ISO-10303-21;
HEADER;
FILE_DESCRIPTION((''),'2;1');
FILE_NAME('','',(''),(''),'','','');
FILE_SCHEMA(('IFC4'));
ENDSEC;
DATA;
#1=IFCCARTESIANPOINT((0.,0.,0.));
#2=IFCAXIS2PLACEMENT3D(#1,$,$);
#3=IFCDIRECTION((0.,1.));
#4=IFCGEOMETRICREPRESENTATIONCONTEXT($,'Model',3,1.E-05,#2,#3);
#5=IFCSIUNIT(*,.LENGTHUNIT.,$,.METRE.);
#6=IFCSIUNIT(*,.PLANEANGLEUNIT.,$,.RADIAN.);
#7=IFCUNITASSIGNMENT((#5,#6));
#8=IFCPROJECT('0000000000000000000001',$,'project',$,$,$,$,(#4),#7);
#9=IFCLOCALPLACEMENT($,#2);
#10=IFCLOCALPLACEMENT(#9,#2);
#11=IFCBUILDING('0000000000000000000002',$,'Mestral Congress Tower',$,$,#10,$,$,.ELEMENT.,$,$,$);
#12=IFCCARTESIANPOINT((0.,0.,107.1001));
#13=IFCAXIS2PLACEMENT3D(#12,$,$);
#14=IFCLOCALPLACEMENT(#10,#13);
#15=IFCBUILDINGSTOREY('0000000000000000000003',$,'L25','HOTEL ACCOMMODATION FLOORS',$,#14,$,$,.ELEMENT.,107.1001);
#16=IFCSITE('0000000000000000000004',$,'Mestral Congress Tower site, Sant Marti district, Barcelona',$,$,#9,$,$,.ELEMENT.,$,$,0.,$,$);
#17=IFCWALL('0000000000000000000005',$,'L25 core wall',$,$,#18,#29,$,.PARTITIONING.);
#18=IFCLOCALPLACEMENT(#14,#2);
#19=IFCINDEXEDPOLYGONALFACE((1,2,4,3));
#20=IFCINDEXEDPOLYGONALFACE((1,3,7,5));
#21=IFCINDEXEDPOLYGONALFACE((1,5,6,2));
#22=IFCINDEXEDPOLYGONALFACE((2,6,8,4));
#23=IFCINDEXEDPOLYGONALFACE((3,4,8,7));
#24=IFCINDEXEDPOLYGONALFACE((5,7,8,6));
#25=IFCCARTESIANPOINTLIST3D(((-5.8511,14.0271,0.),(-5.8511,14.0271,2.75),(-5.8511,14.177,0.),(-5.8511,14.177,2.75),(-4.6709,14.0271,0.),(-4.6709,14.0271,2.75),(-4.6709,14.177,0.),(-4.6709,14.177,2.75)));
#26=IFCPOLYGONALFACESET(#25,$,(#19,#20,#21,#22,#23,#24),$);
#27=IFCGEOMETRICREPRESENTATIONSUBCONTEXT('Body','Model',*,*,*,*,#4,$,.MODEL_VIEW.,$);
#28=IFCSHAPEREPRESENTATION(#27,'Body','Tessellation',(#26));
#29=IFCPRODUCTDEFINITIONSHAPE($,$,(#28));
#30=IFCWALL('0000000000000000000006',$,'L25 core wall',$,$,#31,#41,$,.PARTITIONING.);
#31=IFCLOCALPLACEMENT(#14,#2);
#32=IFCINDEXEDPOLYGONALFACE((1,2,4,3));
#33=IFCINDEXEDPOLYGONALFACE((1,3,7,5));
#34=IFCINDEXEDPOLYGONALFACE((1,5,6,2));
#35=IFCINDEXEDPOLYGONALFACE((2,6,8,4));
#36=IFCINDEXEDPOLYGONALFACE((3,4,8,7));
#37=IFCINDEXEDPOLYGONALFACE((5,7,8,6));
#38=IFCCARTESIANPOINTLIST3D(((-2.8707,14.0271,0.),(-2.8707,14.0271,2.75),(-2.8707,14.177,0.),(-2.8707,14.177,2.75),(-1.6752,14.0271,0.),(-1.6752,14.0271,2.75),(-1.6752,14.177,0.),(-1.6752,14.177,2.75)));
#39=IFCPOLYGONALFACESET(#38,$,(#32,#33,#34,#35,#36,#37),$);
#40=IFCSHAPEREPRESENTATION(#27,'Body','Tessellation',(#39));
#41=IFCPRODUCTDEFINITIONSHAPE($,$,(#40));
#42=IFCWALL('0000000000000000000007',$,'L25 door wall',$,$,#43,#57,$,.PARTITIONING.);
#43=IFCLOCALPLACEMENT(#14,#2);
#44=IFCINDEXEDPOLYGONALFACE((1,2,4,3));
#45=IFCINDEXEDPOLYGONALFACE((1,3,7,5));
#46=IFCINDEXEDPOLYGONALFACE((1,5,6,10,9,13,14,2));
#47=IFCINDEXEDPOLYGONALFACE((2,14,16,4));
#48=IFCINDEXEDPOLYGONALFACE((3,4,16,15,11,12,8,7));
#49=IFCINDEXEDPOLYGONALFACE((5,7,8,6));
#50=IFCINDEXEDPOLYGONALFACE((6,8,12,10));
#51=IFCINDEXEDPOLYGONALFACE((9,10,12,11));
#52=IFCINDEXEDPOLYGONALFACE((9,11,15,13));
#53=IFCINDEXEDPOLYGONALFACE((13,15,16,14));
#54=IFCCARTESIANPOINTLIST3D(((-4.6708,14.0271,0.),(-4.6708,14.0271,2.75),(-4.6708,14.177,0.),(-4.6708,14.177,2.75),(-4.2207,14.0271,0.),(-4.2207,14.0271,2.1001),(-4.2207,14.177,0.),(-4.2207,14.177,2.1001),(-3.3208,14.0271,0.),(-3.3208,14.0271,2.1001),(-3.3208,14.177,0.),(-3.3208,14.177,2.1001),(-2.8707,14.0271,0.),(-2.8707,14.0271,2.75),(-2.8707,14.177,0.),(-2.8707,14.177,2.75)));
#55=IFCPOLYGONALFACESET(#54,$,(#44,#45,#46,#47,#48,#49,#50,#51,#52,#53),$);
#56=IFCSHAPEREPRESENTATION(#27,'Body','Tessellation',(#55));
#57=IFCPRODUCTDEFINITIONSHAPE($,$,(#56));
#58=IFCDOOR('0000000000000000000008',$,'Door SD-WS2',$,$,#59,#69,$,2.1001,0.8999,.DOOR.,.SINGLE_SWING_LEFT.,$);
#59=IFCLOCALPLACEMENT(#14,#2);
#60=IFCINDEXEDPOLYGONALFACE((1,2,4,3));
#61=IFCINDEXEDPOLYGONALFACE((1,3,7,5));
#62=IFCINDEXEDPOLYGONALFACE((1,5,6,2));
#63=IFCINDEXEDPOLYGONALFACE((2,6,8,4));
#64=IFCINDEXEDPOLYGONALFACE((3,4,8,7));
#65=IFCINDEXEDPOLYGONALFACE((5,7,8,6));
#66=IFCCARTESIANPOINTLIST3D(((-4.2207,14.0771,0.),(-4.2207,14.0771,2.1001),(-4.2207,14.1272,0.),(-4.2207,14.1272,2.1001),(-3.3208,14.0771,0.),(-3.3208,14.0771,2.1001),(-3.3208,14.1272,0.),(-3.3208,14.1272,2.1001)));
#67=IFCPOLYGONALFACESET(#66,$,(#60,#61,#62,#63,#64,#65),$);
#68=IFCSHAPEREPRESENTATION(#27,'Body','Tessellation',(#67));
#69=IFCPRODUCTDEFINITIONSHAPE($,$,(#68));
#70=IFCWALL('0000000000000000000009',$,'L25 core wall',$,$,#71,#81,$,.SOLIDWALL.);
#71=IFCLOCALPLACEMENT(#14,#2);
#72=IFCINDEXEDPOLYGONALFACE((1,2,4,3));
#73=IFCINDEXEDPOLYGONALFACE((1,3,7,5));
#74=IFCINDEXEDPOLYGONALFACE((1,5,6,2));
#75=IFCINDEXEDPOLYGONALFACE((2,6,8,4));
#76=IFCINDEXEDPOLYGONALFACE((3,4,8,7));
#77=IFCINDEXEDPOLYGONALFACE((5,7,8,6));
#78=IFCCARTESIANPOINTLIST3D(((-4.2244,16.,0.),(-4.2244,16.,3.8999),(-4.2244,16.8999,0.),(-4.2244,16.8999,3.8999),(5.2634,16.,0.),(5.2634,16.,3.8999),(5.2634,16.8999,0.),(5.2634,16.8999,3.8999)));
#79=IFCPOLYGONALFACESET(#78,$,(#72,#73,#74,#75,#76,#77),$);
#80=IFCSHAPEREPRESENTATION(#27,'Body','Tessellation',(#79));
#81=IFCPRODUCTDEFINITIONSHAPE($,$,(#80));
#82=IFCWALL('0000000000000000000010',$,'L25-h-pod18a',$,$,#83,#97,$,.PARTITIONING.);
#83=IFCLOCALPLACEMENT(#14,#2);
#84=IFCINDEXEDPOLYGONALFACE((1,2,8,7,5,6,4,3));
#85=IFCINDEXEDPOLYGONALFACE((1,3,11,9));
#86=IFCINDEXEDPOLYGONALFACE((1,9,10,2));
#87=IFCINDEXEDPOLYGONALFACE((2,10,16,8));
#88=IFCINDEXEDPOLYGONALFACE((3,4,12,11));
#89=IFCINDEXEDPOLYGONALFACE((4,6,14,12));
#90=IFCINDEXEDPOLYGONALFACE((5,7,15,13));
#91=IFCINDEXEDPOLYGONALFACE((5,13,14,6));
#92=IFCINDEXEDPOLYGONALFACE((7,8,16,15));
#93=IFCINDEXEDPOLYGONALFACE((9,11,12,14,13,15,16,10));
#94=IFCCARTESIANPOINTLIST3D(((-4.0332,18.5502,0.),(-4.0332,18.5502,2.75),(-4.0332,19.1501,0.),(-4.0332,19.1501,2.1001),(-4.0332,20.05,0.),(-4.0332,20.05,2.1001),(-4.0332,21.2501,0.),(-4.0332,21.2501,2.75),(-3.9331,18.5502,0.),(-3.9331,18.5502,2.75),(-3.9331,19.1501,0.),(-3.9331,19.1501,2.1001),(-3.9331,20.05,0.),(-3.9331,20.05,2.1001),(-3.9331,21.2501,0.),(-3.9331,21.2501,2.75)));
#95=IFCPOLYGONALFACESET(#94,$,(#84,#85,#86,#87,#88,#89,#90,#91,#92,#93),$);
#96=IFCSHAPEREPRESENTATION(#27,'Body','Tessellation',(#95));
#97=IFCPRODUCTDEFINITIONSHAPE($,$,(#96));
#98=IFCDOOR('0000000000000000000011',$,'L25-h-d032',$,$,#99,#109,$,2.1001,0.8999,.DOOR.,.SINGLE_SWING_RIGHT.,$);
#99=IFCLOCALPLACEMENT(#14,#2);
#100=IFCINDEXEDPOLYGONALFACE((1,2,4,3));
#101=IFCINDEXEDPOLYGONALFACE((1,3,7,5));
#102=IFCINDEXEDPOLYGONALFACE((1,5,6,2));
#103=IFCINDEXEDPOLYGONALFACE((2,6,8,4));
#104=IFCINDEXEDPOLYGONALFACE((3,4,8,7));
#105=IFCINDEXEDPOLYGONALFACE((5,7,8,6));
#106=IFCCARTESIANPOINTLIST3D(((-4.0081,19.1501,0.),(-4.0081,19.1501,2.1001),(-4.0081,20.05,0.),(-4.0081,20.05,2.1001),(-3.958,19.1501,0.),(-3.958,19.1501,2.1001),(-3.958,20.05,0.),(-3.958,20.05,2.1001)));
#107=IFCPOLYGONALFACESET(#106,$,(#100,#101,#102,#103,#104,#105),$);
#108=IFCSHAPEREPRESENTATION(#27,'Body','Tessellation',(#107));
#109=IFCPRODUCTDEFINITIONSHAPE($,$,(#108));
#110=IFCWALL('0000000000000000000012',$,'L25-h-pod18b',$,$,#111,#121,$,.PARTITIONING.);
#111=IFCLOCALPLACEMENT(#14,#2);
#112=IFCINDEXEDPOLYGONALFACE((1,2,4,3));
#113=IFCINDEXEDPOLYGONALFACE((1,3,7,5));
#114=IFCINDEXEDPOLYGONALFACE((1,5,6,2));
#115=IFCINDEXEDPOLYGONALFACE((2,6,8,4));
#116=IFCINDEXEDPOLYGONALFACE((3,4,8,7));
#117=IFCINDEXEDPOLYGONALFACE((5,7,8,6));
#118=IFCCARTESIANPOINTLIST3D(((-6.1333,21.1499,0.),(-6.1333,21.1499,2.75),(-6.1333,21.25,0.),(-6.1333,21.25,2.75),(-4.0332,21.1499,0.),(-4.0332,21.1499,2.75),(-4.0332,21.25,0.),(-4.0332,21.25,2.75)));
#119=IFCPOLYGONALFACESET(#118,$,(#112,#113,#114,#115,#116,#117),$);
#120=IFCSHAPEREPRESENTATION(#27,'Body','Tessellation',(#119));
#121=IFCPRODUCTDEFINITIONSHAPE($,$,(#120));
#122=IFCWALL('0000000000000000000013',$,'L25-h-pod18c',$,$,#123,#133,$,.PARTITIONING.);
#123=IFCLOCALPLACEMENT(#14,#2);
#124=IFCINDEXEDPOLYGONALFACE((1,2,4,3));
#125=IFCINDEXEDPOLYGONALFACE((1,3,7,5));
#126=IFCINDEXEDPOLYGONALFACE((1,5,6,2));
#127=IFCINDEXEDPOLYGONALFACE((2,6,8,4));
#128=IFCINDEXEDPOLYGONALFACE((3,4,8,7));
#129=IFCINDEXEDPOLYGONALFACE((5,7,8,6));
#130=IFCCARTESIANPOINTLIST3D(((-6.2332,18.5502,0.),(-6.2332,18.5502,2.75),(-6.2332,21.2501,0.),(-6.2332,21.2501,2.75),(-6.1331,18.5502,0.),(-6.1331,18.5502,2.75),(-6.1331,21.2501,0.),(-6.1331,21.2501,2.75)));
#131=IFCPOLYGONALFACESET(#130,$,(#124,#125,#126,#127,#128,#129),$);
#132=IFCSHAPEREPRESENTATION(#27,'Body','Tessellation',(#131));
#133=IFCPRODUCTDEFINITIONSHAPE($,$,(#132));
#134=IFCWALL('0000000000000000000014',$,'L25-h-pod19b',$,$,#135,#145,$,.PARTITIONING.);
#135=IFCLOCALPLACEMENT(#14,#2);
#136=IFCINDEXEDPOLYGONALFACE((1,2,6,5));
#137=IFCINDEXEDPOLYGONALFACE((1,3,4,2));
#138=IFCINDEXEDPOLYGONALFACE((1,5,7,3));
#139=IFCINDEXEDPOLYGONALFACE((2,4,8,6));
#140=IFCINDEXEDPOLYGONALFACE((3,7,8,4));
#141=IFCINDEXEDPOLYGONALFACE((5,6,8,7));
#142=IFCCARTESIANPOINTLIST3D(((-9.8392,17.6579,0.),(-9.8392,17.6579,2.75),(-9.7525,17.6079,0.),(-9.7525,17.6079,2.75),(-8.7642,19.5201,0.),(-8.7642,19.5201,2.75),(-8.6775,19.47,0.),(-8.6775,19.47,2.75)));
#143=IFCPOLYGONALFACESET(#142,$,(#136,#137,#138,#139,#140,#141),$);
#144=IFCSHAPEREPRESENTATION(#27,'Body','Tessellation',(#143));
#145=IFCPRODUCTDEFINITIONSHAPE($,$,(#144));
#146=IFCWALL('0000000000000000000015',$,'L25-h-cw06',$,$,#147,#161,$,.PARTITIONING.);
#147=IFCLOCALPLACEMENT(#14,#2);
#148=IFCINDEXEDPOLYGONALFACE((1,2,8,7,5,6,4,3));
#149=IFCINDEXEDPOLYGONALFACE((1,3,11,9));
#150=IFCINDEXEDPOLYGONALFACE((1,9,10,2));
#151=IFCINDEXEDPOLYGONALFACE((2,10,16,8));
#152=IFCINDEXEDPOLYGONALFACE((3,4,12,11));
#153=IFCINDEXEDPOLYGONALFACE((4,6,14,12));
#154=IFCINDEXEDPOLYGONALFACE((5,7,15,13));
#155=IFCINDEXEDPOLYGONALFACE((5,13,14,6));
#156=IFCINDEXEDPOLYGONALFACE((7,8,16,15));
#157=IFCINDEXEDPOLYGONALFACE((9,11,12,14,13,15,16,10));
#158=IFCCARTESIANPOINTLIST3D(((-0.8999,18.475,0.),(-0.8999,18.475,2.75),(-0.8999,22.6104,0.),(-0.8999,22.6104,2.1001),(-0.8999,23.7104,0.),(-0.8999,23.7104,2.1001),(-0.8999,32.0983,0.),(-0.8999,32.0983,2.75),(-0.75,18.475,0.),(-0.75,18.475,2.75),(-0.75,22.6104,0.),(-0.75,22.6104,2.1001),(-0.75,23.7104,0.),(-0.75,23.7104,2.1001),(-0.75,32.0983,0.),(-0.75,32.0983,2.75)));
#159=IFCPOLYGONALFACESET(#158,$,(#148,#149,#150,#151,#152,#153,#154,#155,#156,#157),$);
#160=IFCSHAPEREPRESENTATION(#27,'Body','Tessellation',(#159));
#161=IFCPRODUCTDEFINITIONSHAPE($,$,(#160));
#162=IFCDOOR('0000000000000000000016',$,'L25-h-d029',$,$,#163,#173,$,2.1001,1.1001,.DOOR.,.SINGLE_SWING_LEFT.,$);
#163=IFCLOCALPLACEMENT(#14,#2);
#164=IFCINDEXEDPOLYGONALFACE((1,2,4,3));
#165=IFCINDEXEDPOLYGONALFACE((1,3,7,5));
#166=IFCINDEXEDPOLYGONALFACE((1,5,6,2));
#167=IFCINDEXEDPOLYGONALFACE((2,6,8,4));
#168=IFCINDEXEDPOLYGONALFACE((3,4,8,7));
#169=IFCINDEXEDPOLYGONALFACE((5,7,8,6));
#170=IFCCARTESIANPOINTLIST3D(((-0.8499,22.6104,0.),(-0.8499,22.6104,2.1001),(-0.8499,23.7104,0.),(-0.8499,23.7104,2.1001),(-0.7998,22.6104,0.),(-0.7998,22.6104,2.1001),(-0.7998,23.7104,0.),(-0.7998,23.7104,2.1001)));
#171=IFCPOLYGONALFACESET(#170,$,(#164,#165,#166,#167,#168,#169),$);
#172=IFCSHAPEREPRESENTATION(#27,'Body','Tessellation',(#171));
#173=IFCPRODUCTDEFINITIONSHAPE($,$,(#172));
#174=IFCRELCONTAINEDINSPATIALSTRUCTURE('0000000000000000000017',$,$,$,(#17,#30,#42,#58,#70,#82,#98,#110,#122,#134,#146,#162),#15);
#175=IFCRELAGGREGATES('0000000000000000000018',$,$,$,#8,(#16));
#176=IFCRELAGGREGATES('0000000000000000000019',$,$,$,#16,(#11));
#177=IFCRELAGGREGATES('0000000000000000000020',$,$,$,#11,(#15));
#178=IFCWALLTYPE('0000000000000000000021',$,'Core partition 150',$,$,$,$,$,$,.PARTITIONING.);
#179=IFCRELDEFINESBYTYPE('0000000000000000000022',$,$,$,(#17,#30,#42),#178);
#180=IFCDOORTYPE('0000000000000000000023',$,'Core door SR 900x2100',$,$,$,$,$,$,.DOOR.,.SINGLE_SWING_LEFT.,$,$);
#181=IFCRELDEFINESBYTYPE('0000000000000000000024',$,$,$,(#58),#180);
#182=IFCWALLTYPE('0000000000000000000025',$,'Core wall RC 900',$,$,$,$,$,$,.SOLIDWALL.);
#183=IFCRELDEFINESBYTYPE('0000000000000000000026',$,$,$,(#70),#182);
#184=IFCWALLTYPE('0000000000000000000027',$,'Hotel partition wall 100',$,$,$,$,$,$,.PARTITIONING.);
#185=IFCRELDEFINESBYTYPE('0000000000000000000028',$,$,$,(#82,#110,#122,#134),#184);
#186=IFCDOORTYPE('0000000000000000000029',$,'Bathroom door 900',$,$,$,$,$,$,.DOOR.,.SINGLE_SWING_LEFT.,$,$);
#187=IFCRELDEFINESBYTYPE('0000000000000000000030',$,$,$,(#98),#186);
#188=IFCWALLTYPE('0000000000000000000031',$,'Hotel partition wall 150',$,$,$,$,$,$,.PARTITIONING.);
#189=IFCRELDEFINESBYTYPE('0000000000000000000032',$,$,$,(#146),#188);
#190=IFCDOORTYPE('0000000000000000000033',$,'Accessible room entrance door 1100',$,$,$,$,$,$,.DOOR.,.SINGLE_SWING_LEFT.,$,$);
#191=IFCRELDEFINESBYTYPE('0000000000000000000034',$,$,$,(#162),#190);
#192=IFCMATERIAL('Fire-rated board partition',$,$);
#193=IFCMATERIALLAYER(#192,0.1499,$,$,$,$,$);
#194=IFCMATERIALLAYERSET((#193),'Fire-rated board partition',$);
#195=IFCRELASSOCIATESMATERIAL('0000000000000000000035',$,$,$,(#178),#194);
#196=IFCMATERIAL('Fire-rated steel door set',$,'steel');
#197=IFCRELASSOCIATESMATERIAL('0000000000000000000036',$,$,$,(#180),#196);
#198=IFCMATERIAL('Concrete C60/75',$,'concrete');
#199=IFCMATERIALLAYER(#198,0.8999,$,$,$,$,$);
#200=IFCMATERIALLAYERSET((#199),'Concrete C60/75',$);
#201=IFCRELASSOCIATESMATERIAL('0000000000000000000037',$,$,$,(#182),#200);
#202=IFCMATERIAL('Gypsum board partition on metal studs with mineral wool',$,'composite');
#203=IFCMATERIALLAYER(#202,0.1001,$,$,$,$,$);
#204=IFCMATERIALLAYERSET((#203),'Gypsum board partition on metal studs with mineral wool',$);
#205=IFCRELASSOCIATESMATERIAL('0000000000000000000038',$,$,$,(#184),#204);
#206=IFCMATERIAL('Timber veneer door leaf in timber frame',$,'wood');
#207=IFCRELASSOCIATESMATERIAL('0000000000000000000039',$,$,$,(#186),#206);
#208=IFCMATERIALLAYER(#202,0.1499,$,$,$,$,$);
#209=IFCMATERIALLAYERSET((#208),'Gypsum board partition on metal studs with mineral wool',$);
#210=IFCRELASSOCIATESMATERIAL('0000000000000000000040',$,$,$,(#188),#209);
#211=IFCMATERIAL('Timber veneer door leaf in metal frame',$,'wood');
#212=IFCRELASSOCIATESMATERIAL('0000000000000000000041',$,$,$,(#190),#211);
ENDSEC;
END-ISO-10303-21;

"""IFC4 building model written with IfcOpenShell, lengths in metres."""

from ifc_helpers import new_model, si_unit, direction, frame, frame_2d, origin, place, context, subcontext, project, spatial, rectangle, extrude, material, layer, layer_set, type_object, element, fill, save


model = new_model("IFC4")

# Units and contexts
model_context = context("Model", 3, precision=1e-05, world=origin(), true_north=direction((0.0, 1.0)))
body_context = subcontext(model_context, "Body", "Model", "MODEL_VIEW")
ifc_project = project(units=[si_unit("LENGTHUNIT", "METRE"), si_unit("PLANEANGLEUNIT", "RADIAN")], contexts=[model_context])

# Site, building, storey
site_placement = place(None, origin())
site = spatial("IfcSite", under=ifc_project, at=site_placement, Name="Mestral Congress Tower site, Sant Marti district, Barcelona", CompositionType="ELEMENT", RefElevation=0.0)
building_placement = place(site_placement, origin())
building = spatial("IfcBuilding", under=site, at=building_placement, Name="Mestral Congress Tower", CompositionType="ELEMENT")
storey_placement = place(building_placement, frame((0.0, 0.0, 107.1001)))
storey = spatial("IfcBuildingStorey", under=building, at=storey_placement, Name="L25", Description="HOTEL ACCOMMODATION FLOORS", CompositionType="ELEMENT", Elevation=107.1001)

# Walls
ifc_material_1 = material(Name="Fire-rated board partition")
ifc_layer_1 = layer(ifc_material_1, 0.1499)
ifc_layer_set_1 = layer_set([ifc_layer_1], Name="Fire-rated board partition")
wall_type_1 = type_object("IfcWallType", Name="Core partition 150", PredefinedType="PARTITIONING", material=ifc_layer_set_1)
wall_1_placement = place(storey_placement, frame((-5.8511, 14.1021, 0.0), z_axis=(0.0, 0.0, 1.0), x_axis=(1.0, 0.0, 0.0)))
element("IfcWall", 1, at=wall_1_placement, inside=storey, type_object=wall_type_1, Name="L25 core wall", PredefinedType="PARTITIONING", context=body_context, shape_type="SweptSolid", body=[
    extrude(rectangle(XDim=1.1802, YDim=0.1499, at=frame_2d((0.5901, 0.0))), origin(), (0.0, 0.0, 1.0), 2.75),
])
wall_2_placement = place(storey_placement, frame((-2.8706, 14.1021, 0.0), z_axis=(0.0, 0.0, 1.0), x_axis=(1.0, 0.0, 0.0)))
element("IfcWall", 2, at=wall_2_placement, inside=storey, type_object=wall_type_1, Name="L25 core wall", PredefinedType="PARTITIONING", context=body_context, shape_type="SweptSolid", body=[
    extrude(rectangle(XDim=1.1956, YDim=0.1499, at=frame_2d((0.5977, 0.0))), origin(), (0.0, 0.0, 1.0), 2.75),
])

# Wall, opening, door
wall_3_placement = place(storey_placement, frame((-2.8708, 14.1021, 0.0), z_axis=(0.0, 0.0, 1.0), x_axis=(-1.0, 0.0, 0.0)))
wall_3 = element("IfcWall", 3, at=wall_3_placement, inside=storey, type_object=wall_type_1, Name="L25 door wall", PredefinedType="PARTITIONING", context=body_context, shape_type="SweptSolid", body=[
    extrude(rectangle(XDim=1.8, YDim=0.1499, at=frame_2d((0.8999, 0.0))), origin(), (0.0, 0.0, 1.0), 2.75),
])
opening_1_placement = place(wall_3_placement, frame((0.45, 0.0, 0.0)))
opening_1 = element("IfcOpeningElement", 4, at=opening_1_placement, cuts=wall_3, PredefinedType="OPENING", context=body_context, shape_type="SweptSolid", body=[
    extrude(rectangle(XDim=0.8999, YDim=2.1001, at=frame_2d((0.45, 1.05))), frame((0.0, 0.085, 0.0), z_axis=(0.0, -1.0, 0.0), x_axis=(1.0, 0.0, 0.0)), (0.0, 0.0, 1.0), 0.1699),
])
ifc_material_2 = material(Name="Fire-rated steel door set", Category="steel")
door_type_1 = type_object("IfcDoorType", Name="Core door SR 900x2100", OperationType="SINGLE_SWING_LEFT", PredefinedType="DOOR", material=ifc_material_2)
door_1_placement = place(opening_1_placement, origin())
door_1 = element("IfcDoor", 5, at=door_1_placement, inside=storey, type_object=door_type_1, Name="Door SD-WS2", OperationType="SINGLE_SWING_LEFT", OverallHeight=2.1001, OverallWidth=0.8999, PredefinedType="DOOR", context=body_context, shape_type="SweptSolid", body=[
    extrude(rectangle(XDim=0.8999, YDim=2.1001, at=frame_2d((0.45, 1.05))), frame((0.0, 0.0249, 0.0), z_axis=(0.0, -1.0, 0.0), x_axis=(1.0, 0.0, 0.0)), (0.0, 0.0, 1.0), 0.05),
])
fill(opening_1, door_1)

# Wall
ifc_material_3 = material(Name="Concrete C60/75", Category="concrete")
ifc_layer_2 = layer(ifc_material_3, 0.8999)
ifc_layer_set_2 = layer_set([ifc_layer_2], Name="Concrete C60/75")
wall_type_2 = type_object("IfcWallType", Name="Core wall RC 900", PredefinedType="SOLIDWALL", material=ifc_layer_set_2)
wall_4_placement = place(storey_placement, frame((-4.2244, 16.45, 0.0), z_axis=(0.0, 0.0, 1.0), x_axis=(1.0, 0.0, 0.0)))
element("IfcWall", 6, at=wall_4_placement, inside=storey, type_object=wall_type_2, Name="L25 core wall", PredefinedType="SOLIDWALL", context=body_context, shape_type="SweptSolid", body=[
    extrude(rectangle(XDim=9.4878, YDim=0.8999, at=frame_2d((4.7439, 0.0))), origin(), (0.0, 0.0, 1.0), 3.8999),
])

# Wall, opening, door
ifc_material_4 = material(Name="Gypsum board partition on metal studs with mineral wool", Category="composite")
ifc_layer_3 = layer(ifc_material_4, 0.1001)
ifc_layer_set_3 = layer_set([ifc_layer_3], Name="Gypsum board partition on metal studs with mineral wool")
wall_type_3 = type_object("IfcWallType", Name="Hotel partition wall 100", PredefinedType="PARTITIONING", material=ifc_layer_set_3)
wall_5_placement = place(storey_placement, frame((-3.9832, 18.55, 0.0), z_axis=(0.0, 0.0, 1.0), x_axis=(0.0, 1.0, 0.0)))
wall_5 = element("IfcWall", 7, at=wall_5_placement, inside=storey, type_object=wall_type_3, Name="L25-h-pod18a", PredefinedType="PARTITIONING", context=body_context, shape_type="SweptSolid", body=[
    extrude(rectangle(XDim=2.7, YDim=0.1001, at=frame_2d((1.3501, 0.0))), origin(), (0.0, 0.0, 1.0), 2.75),
])
opening_2_placement = place(wall_5_placement, frame((0.6001, 0.0, 0.0)))
opening_2 = element("IfcOpeningElement", 8, at=opening_2_placement, cuts=wall_5, PredefinedType="OPENING", context=body_context, shape_type="SweptSolid", body=[
    extrude(rectangle(XDim=0.8999, YDim=2.1001, at=frame_2d((0.45, 1.05))), frame((0.0, 0.0601, 0.0), z_axis=(0.0, -1.0, 0.0), x_axis=(1.0, 0.0, 0.0)), (0.0, 0.0, 1.0), 0.1201),
])
ifc_material_5 = material(Name="Timber veneer door leaf in timber frame", Category="wood")
door_type_2 = type_object("IfcDoorType", Name="Bathroom door 900", OperationType="SINGLE_SWING_LEFT", PredefinedType="DOOR", material=ifc_material_5)
door_2_placement = place(opening_2_placement, origin())
door_2 = element("IfcDoor", 9, at=door_2_placement, inside=storey, type_object=door_type_2, Name="L25-h-d032", OperationType="SINGLE_SWING_RIGHT", OverallHeight=2.1001, OverallWidth=0.8999, PredefinedType="DOOR", context=body_context, shape_type="SweptSolid", body=[
    extrude(rectangle(XDim=0.8999, YDim=2.1001, at=frame_2d((0.45, 1.05))), frame((0.0, 0.0249, 0.0), z_axis=(0.0, -1.0, 0.0), x_axis=(1.0, 0.0, 0.0)), (0.0, 0.0, 1.0), 0.05),
])
fill(opening_2, door_2)

# Walls
wall_6_placement = place(storey_placement, frame((-4.0332, 21.2, 0.0), z_axis=(0.0, 0.0, 1.0), x_axis=(-1.0, 0.0, 0.0)))
element("IfcWall", 10, at=wall_6_placement, inside=storey, type_object=wall_type_3, Name="L25-h-pod18b", PredefinedType="PARTITIONING", context=body_context, shape_type="SweptSolid", body=[
    extrude(rectangle(XDim=2.1001, YDim=0.1001, at=frame_2d((1.05, 0.0))), origin(), (0.0, 0.0, 1.0), 2.75),
])
wall_7_placement = place(storey_placement, frame((-6.1831, 18.55, 0.0), z_axis=(0.0, 0.0, 1.0), x_axis=(0.0, 1.0, 0.0)))
element("IfcWall", 11, at=wall_7_placement, inside=storey, type_object=wall_type_3, Name="L25-h-pod18c", PredefinedType="PARTITIONING", context=body_context, shape_type="SweptSolid", body=[
    extrude(rectangle(XDim=2.7, YDim=0.1001, at=frame_2d((1.3501, 0.0))), origin(), (0.0, 0.0, 1.0), 2.75),
])
wall_8_placement = place(storey_placement, frame((-9.7959, 17.6328, 0.0), z_axis=(0.0, 0.0, 1.0), x_axis=(0.499962, 0.866048, 0.0)))
element("IfcWall", 12, at=wall_8_placement, inside=storey, type_object=wall_type_3, Name="L25-h-pod19b", PredefinedType="PARTITIONING", context=body_context, shape_type="SweptSolid", body=[
    extrude(rectangle(XDim=2.1501, YDim=0.1001, at=frame_2d((1.0752, 0.0))), origin(), (0.0, 0.0, 1.0), 2.75),
])

# Wall, opening, door
ifc_layer_4 = layer(ifc_material_4, 0.1499)
ifc_layer_set_4 = layer_set([ifc_layer_4], Name="Gypsum board partition on metal studs with mineral wool")
wall_type_4 = type_object("IfcWallType", Name="Hotel partition wall 150", PredefinedType="PARTITIONING", material=ifc_layer_set_4)
wall_9_placement = place(storey_placement, frame((-0.825, 18.4751, 0.0), z_axis=(0.0, 0.0, 1.0), x_axis=(0.0, 1.0, 0.0)))
wall_9 = element("IfcWall", 13, at=wall_9_placement, inside=storey, type_object=wall_type_4, Name="L25-h-cw06", PredefinedType="PARTITIONING", context=body_context, shape_type="SweptSolid", body=[
    extrude(rectangle(XDim=13.6233, YDim=0.1499, at=frame_2d((6.8115, 0.0))), origin(), (0.0, 0.0, 1.0), 2.75),
])
opening_3_placement = place(wall_9_placement, frame((4.1353, 0.0, 0.0)))
opening_3 = element("IfcOpeningElement", 14, at=opening_3_placement, cuts=wall_9, PredefinedType="OPENING", context=body_context, shape_type="SweptSolid", body=[
    extrude(rectangle(XDim=1.1001, YDim=2.1001, at=frame_2d((0.55, 1.05))), frame((0.0, 0.085, 0.0), z_axis=(0.0, -1.0, 0.0), x_axis=(1.0, 0.0, 0.0)), (0.0, 0.0, 1.0), 0.1699),
])
ifc_material_6 = material(Name="Timber veneer door leaf in metal frame", Category="wood")
door_type_3 = type_object("IfcDoorType", Name="Accessible room entrance door 1100", OperationType="SINGLE_SWING_LEFT", PredefinedType="DOOR", material=ifc_material_6)
door_3_placement = place(opening_3_placement, origin())
door_3 = element("IfcDoor", 15, at=door_3_placement, inside=storey, type_object=door_type_3, Name="L25-h-d029", OperationType="SINGLE_SWING_LEFT", OverallHeight=2.1001, OverallWidth=1.1001, PredefinedType="DOOR", context=body_context, shape_type="SweptSolid", body=[
    extrude(rectangle(XDim=1.1001, YDim=2.1001, at=frame_2d((0.55, 1.05))), frame((0.0, 0.0249, 0.0), z_axis=(0.0, -1.0, 0.0), x_axis=(1.0, 0.0, 0.0)), (0.0, 0.0, 1.0), 0.05),
])
fill(opening_3, door_3)

save(model, "model.ifc")
